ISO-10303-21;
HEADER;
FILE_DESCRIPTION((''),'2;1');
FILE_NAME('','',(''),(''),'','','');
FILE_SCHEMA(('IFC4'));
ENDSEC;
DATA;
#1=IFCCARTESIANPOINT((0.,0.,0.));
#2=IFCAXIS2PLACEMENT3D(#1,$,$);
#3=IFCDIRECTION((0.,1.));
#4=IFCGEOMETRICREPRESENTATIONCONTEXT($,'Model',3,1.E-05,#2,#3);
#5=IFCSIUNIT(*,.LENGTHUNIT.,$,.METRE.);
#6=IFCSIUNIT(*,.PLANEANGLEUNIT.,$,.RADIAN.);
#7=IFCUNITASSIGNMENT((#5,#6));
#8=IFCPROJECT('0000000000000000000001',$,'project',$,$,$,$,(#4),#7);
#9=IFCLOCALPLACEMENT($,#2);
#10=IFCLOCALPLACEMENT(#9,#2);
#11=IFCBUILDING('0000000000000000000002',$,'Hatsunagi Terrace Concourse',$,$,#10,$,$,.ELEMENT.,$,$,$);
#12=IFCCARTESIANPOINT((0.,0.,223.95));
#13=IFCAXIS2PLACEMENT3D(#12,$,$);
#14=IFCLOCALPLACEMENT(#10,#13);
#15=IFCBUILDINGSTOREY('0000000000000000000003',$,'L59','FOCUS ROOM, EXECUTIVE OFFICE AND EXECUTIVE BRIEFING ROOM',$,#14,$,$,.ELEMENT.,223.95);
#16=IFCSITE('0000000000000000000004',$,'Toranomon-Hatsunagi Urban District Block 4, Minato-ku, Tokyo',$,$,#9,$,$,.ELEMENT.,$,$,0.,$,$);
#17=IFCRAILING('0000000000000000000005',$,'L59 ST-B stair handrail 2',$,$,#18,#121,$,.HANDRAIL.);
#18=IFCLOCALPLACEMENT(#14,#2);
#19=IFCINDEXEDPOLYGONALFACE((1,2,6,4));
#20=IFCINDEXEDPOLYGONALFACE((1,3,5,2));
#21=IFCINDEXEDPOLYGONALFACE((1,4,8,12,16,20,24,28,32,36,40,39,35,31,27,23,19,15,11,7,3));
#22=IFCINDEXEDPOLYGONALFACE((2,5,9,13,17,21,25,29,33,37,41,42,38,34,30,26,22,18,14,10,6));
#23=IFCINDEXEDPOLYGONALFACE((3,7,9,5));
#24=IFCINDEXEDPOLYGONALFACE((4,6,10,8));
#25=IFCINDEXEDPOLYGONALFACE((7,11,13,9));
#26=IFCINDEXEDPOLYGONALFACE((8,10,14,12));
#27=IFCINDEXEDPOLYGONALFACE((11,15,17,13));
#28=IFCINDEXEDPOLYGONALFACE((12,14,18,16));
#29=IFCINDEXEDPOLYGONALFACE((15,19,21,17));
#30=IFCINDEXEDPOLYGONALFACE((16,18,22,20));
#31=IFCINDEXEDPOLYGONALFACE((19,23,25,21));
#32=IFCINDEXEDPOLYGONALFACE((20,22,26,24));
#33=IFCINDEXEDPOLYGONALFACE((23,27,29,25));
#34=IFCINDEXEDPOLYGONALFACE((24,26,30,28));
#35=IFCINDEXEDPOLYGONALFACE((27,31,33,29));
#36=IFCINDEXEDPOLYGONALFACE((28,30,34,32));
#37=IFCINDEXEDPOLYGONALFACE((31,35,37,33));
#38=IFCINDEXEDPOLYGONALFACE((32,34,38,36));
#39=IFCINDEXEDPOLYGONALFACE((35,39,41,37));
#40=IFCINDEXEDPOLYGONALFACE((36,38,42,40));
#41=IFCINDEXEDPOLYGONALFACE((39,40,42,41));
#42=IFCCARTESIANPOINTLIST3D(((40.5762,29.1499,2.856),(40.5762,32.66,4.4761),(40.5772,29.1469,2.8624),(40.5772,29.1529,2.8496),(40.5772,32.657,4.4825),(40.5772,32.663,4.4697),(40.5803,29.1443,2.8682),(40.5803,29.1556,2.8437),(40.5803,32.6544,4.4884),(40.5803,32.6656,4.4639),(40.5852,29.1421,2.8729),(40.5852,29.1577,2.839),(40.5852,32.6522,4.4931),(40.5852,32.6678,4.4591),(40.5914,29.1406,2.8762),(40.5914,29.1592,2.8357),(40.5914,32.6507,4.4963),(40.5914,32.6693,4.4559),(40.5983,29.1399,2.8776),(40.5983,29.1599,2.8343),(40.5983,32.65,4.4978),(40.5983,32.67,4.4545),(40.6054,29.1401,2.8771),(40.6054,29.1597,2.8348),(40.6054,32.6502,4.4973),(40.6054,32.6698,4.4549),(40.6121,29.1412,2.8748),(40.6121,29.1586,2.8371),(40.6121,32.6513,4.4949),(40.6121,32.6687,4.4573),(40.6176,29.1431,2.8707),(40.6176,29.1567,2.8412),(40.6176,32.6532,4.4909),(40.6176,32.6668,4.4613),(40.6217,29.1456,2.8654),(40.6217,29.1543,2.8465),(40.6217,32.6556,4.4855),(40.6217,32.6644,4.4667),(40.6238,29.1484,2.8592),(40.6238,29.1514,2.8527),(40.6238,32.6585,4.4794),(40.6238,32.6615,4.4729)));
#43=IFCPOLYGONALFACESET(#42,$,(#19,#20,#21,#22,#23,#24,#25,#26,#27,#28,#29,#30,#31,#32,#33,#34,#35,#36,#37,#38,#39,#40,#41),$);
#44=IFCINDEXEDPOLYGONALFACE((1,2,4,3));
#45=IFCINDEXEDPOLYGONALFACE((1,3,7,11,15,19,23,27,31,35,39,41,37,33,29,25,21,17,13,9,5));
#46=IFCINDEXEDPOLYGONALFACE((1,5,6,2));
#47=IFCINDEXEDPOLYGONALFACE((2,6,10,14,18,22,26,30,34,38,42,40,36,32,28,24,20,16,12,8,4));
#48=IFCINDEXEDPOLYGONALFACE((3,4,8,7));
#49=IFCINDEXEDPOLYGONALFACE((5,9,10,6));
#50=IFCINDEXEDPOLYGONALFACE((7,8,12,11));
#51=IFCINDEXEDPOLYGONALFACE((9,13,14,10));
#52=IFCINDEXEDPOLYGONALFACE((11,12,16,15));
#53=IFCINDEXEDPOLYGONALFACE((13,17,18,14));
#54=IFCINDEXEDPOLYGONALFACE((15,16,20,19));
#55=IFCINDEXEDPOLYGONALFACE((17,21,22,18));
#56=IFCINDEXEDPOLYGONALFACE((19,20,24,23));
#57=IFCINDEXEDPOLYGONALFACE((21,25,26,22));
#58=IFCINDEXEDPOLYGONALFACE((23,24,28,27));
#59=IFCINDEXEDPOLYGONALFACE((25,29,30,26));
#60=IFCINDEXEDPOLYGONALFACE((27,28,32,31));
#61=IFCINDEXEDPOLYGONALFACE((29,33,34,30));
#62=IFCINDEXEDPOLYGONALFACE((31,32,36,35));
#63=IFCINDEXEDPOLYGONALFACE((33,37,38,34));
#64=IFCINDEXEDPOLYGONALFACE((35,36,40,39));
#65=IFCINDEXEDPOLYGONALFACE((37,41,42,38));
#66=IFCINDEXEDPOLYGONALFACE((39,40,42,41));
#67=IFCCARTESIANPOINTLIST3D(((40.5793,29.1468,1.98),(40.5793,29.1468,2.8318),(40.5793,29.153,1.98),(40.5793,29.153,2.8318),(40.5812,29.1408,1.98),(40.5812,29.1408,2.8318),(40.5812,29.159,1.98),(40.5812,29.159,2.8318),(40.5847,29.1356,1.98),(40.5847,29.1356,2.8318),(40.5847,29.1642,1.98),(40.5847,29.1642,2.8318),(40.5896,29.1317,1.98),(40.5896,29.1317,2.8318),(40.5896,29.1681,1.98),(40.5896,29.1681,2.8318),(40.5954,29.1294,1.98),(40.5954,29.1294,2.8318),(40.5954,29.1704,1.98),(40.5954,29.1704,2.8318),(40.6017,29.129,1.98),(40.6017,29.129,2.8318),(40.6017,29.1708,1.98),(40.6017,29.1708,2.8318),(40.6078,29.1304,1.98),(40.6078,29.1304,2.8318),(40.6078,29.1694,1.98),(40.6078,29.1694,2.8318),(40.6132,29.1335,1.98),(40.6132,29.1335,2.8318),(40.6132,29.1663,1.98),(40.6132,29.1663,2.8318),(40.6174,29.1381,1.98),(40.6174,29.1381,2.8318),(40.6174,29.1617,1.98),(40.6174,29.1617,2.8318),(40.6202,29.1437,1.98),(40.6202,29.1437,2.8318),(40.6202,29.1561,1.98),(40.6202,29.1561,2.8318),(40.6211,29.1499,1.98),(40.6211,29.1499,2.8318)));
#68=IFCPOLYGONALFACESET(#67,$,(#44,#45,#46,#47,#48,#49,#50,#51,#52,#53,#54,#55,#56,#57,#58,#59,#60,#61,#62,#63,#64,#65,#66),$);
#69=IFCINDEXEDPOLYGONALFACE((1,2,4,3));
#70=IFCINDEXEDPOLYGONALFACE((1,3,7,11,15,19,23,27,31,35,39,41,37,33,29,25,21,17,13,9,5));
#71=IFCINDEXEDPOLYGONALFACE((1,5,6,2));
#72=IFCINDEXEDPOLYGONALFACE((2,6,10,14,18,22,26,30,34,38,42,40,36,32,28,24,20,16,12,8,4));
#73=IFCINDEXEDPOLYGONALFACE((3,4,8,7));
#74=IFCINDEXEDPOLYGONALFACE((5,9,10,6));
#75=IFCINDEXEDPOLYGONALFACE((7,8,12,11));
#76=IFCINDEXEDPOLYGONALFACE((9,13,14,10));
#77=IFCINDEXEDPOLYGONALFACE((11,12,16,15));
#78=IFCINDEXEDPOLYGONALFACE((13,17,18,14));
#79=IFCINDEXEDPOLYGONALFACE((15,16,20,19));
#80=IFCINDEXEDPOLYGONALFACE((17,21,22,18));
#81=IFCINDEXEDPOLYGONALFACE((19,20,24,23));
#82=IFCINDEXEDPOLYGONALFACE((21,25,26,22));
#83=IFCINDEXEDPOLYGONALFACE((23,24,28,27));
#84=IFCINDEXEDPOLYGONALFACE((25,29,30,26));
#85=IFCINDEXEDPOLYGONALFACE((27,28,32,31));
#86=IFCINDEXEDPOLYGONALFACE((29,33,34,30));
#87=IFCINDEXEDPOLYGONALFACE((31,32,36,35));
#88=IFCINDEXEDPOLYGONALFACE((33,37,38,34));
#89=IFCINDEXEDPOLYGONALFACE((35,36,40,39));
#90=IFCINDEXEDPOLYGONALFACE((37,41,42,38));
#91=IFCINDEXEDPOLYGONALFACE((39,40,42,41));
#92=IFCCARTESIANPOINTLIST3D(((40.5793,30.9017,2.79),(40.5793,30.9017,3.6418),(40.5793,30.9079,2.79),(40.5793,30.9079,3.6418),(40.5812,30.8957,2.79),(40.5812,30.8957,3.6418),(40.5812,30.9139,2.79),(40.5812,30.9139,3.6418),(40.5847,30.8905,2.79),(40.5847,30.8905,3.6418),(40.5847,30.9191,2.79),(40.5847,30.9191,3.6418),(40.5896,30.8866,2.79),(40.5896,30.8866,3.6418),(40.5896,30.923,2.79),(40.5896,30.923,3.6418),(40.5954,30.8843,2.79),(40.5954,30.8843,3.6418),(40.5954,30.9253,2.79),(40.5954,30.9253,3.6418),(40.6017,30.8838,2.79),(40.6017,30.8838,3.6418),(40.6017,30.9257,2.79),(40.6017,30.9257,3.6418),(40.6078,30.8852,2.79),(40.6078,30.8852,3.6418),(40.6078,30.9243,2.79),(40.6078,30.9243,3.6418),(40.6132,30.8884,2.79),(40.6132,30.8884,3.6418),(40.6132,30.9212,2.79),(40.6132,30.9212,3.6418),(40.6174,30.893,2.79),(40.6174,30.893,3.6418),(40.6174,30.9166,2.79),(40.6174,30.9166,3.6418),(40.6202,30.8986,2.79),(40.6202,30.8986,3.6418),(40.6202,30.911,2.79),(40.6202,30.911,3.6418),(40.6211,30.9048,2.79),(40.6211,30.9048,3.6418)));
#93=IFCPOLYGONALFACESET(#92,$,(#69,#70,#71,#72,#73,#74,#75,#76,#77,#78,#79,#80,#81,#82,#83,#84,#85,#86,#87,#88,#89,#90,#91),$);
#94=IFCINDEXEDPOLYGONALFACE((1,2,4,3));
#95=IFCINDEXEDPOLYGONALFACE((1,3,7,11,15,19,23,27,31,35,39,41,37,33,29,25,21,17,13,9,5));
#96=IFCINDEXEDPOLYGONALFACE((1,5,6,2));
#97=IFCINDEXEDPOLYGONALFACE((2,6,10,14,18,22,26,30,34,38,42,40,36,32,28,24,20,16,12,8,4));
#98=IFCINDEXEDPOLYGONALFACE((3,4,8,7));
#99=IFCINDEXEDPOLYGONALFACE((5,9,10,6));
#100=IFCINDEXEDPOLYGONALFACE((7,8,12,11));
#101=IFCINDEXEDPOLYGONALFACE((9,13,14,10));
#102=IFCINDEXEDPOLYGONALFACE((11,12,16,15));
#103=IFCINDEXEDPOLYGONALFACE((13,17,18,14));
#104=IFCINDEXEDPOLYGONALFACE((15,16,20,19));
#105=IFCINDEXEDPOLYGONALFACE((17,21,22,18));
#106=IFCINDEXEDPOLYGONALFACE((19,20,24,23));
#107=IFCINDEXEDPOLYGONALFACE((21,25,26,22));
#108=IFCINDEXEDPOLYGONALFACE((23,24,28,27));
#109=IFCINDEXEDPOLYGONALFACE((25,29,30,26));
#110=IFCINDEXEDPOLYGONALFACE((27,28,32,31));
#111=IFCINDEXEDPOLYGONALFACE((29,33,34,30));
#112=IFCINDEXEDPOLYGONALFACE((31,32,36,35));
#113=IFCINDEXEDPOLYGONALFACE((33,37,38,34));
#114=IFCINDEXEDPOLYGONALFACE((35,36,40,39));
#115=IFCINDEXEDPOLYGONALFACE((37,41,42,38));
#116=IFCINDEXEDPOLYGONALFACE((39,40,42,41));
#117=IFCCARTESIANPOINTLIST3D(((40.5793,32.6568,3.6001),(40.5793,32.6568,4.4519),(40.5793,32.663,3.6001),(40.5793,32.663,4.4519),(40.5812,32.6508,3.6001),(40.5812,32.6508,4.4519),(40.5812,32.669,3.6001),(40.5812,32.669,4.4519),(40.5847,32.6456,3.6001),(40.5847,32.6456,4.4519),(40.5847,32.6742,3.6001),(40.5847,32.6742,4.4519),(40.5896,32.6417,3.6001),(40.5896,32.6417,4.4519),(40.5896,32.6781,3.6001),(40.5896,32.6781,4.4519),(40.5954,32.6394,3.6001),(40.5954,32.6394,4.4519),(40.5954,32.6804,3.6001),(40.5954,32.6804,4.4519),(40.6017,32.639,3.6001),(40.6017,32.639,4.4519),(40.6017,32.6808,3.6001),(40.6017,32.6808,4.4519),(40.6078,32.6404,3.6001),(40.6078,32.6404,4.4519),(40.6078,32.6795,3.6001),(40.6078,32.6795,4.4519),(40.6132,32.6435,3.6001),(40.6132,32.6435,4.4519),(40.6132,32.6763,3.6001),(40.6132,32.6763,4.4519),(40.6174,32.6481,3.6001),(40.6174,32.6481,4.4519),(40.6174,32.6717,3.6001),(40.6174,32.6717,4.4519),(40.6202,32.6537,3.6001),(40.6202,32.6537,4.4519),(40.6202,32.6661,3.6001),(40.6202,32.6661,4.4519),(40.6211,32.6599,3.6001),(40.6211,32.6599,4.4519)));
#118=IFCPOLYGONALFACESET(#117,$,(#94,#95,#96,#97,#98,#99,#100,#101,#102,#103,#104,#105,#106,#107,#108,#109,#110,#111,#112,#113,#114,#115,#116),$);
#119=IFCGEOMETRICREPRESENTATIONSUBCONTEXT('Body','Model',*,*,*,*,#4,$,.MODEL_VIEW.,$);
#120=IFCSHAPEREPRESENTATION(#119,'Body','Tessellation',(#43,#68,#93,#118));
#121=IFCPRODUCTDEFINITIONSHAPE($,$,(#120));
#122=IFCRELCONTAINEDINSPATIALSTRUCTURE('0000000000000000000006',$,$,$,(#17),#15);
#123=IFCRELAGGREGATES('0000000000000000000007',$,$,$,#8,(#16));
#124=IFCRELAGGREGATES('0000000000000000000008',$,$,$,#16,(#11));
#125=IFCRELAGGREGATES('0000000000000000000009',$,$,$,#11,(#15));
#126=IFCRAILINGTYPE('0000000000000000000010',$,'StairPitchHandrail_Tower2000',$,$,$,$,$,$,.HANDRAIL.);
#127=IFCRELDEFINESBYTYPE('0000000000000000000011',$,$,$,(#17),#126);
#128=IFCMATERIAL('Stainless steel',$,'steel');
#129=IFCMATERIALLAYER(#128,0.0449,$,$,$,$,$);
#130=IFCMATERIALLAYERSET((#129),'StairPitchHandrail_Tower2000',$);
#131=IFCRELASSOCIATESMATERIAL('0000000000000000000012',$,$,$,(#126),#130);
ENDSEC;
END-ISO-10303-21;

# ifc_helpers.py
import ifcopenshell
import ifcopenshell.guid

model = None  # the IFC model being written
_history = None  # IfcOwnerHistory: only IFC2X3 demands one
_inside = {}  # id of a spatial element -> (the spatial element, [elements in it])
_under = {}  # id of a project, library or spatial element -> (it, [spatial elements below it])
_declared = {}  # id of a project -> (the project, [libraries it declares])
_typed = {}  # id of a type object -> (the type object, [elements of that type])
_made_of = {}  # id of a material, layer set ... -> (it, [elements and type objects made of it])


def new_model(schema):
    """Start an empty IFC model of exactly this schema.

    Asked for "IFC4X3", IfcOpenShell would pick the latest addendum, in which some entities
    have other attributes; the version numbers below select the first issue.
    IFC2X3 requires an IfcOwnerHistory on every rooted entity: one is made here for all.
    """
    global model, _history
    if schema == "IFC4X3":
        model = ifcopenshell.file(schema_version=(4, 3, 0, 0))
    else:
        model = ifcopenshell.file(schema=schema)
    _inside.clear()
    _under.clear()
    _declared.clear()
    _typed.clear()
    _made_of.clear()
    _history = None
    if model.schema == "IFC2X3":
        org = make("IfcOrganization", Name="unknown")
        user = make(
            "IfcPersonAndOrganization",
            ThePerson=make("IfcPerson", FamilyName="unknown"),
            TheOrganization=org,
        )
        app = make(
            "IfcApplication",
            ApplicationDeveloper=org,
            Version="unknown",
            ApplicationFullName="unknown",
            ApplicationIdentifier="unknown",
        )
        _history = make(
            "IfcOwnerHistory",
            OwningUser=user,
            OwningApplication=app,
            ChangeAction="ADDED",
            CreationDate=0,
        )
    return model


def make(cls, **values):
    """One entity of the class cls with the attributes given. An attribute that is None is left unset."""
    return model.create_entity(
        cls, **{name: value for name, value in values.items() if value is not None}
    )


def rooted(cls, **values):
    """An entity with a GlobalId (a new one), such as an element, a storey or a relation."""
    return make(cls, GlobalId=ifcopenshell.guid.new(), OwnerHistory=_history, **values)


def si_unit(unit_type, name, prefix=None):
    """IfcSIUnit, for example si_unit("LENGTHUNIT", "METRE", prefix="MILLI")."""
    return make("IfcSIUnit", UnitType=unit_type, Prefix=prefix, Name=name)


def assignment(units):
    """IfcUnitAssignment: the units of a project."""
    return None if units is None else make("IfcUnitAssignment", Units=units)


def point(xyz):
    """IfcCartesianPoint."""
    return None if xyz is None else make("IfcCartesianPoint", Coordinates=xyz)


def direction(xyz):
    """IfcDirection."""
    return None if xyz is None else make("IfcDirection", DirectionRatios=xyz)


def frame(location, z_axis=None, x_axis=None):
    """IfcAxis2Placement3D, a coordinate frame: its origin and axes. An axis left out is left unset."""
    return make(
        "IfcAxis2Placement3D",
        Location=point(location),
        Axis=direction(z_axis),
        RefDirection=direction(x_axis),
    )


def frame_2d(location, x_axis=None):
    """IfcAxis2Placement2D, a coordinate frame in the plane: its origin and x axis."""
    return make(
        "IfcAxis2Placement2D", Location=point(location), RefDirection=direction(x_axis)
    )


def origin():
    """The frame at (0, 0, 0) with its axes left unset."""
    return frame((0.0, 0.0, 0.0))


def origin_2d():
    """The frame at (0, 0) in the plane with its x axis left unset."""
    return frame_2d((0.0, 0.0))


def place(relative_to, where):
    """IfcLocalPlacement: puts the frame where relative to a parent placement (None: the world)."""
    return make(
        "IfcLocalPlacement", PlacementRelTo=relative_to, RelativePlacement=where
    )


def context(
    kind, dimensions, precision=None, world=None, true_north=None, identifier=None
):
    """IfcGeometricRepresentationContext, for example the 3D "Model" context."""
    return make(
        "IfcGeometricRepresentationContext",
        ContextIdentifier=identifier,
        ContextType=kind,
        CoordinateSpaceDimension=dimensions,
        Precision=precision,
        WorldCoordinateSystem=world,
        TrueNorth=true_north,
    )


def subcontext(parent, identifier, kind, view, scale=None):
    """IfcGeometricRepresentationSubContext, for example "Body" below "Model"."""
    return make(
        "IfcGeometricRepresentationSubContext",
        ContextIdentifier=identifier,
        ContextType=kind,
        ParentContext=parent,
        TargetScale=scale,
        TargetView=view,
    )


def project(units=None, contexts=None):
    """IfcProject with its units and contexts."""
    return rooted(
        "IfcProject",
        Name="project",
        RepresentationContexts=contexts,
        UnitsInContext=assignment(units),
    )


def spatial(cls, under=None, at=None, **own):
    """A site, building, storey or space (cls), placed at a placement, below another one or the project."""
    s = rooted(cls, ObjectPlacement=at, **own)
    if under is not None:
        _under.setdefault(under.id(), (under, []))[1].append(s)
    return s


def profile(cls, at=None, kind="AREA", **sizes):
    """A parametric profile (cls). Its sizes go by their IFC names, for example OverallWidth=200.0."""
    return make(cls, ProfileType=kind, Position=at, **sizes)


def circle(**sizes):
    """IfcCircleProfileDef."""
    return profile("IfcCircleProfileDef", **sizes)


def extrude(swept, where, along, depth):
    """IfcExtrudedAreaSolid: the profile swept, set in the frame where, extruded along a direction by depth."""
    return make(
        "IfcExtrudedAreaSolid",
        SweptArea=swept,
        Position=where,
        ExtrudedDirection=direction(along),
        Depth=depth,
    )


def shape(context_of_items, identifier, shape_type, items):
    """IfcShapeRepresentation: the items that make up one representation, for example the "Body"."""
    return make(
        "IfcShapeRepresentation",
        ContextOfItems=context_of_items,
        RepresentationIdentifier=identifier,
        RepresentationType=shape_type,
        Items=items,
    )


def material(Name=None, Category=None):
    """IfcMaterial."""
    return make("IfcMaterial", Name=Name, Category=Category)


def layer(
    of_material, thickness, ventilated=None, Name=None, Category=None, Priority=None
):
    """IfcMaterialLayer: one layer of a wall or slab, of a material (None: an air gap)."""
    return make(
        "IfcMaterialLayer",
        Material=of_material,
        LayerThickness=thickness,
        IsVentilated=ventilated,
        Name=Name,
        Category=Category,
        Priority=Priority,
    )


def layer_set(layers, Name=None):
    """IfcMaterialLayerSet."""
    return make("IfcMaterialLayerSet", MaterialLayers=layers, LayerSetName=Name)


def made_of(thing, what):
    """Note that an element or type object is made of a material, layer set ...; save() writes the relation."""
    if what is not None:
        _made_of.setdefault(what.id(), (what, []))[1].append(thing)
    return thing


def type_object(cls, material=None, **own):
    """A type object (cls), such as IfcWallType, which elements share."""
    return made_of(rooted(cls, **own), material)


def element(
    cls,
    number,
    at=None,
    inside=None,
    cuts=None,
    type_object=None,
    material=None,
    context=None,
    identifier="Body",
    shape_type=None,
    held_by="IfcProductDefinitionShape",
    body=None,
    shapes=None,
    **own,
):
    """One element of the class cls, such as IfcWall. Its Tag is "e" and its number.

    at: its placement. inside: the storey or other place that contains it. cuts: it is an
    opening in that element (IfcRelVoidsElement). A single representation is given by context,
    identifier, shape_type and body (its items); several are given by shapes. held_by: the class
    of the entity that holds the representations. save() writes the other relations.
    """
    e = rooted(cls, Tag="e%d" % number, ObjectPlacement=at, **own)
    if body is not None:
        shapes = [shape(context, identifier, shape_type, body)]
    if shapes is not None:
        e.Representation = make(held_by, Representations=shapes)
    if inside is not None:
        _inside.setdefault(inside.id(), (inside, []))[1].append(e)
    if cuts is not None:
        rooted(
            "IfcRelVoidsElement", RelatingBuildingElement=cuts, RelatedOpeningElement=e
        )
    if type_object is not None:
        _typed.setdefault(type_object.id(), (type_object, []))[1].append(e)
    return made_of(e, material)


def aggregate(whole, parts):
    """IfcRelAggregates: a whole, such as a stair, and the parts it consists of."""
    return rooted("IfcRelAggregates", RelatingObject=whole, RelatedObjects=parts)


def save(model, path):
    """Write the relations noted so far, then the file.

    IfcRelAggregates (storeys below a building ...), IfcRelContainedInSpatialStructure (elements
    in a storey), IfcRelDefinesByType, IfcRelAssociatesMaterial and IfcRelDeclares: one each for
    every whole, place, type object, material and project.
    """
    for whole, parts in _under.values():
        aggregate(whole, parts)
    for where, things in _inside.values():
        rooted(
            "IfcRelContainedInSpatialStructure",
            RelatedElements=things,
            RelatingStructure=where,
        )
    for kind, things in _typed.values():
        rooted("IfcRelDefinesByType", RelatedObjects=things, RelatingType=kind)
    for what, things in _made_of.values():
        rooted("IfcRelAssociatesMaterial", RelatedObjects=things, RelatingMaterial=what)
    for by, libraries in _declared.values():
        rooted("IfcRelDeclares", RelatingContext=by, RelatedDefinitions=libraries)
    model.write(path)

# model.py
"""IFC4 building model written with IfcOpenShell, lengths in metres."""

from ifc_helpers import new_model, si_unit, direction, frame, origin, origin_2d, place, context, subcontext, project, spatial, circle, extrude, material, layer, layer_set, type_object, element, save


model = new_model("IFC4")

# Units and contexts
model_context = context("Model", 3, precision=1e-05, world=origin(), true_north=direction((0.0, 1.0)))
body_context = subcontext(model_context, "Body", "Model", "MODEL_VIEW")
ifc_project = project(units=[si_unit("LENGTHUNIT", "METRE"), si_unit("PLANEANGLEUNIT", "RADIAN")], contexts=[model_context])

# Site, building, storey
site_placement = place(None, origin())
site = spatial("IfcSite", under=ifc_project, at=site_placement, Name="Toranomon-Hatsunagi Urban District Block 4, Minato-ku, Tokyo", CompositionType="ELEMENT", RefElevation=0.0)
building_placement = place(site_placement, origin())
building = spatial("IfcBuilding", under=site, at=building_placement, Name="Hatsunagi Terrace Concourse", CompositionType="ELEMENT")
storey_placement = place(building_placement, frame((0.0, 0.0, 223.95)))
storey = spatial("IfcBuildingStorey", under=building, at=storey_placement, Name="L59", Description="FOCUS ROOM, EXECUTIVE OFFICE AND EXECUTIVE BRIEFING ROOM", CompositionType="ELEMENT", Elevation=223.95)

# Railing
ifc_material_1 = material(Name="Stainless steel", Category="steel")
ifc_layer_1 = layer(ifc_material_1, 0.0449)
ifc_layer_set_1 = layer_set([ifc_layer_1], Name="StairPitchHandrail_Tower2000")
railing_type_1 = type_object("IfcRailingType", Name="StairPitchHandrail_Tower2000", PredefinedType="HANDRAIL", material=ifc_layer_set_1)
railing_1_placement = place(storey_placement, frame((40.6001, 29.1499, 1.98)))
element("IfcRailing", 1, at=railing_1_placement, inside=storey, type_object=railing_type_1, Name="L59 ST-B stair handrail 2", PredefinedType="HANDRAIL", context=body_context, shape_type="SweptSolid", body=[
    extrude(circle(Radius=0.0239, at=origin_2d()), frame((0.0, 0.0, 0.876), z_axis=(0.0, 0.907948, 0.419082), x_axis=(-1.0, 0.0, 0.0)), (0.0, 0.0, 1.0), 3.866),
    extrude(circle(Radius=0.021, at=origin_2d()), origin(), (0.0, 0.0, 1.0), 0.8518),
    extrude(circle(Radius=0.021, at=origin_2d()), frame((0.0, 1.7549, 0.8101)), (0.0, 0.0, 1.0), 0.8518),
    extrude(circle(Radius=0.021, at=origin_2d()), frame((0.0, 3.51, 1.6201)), (0.0, 0.0, 1.0), 0.8518),
])

save(model, "model.ifc")
